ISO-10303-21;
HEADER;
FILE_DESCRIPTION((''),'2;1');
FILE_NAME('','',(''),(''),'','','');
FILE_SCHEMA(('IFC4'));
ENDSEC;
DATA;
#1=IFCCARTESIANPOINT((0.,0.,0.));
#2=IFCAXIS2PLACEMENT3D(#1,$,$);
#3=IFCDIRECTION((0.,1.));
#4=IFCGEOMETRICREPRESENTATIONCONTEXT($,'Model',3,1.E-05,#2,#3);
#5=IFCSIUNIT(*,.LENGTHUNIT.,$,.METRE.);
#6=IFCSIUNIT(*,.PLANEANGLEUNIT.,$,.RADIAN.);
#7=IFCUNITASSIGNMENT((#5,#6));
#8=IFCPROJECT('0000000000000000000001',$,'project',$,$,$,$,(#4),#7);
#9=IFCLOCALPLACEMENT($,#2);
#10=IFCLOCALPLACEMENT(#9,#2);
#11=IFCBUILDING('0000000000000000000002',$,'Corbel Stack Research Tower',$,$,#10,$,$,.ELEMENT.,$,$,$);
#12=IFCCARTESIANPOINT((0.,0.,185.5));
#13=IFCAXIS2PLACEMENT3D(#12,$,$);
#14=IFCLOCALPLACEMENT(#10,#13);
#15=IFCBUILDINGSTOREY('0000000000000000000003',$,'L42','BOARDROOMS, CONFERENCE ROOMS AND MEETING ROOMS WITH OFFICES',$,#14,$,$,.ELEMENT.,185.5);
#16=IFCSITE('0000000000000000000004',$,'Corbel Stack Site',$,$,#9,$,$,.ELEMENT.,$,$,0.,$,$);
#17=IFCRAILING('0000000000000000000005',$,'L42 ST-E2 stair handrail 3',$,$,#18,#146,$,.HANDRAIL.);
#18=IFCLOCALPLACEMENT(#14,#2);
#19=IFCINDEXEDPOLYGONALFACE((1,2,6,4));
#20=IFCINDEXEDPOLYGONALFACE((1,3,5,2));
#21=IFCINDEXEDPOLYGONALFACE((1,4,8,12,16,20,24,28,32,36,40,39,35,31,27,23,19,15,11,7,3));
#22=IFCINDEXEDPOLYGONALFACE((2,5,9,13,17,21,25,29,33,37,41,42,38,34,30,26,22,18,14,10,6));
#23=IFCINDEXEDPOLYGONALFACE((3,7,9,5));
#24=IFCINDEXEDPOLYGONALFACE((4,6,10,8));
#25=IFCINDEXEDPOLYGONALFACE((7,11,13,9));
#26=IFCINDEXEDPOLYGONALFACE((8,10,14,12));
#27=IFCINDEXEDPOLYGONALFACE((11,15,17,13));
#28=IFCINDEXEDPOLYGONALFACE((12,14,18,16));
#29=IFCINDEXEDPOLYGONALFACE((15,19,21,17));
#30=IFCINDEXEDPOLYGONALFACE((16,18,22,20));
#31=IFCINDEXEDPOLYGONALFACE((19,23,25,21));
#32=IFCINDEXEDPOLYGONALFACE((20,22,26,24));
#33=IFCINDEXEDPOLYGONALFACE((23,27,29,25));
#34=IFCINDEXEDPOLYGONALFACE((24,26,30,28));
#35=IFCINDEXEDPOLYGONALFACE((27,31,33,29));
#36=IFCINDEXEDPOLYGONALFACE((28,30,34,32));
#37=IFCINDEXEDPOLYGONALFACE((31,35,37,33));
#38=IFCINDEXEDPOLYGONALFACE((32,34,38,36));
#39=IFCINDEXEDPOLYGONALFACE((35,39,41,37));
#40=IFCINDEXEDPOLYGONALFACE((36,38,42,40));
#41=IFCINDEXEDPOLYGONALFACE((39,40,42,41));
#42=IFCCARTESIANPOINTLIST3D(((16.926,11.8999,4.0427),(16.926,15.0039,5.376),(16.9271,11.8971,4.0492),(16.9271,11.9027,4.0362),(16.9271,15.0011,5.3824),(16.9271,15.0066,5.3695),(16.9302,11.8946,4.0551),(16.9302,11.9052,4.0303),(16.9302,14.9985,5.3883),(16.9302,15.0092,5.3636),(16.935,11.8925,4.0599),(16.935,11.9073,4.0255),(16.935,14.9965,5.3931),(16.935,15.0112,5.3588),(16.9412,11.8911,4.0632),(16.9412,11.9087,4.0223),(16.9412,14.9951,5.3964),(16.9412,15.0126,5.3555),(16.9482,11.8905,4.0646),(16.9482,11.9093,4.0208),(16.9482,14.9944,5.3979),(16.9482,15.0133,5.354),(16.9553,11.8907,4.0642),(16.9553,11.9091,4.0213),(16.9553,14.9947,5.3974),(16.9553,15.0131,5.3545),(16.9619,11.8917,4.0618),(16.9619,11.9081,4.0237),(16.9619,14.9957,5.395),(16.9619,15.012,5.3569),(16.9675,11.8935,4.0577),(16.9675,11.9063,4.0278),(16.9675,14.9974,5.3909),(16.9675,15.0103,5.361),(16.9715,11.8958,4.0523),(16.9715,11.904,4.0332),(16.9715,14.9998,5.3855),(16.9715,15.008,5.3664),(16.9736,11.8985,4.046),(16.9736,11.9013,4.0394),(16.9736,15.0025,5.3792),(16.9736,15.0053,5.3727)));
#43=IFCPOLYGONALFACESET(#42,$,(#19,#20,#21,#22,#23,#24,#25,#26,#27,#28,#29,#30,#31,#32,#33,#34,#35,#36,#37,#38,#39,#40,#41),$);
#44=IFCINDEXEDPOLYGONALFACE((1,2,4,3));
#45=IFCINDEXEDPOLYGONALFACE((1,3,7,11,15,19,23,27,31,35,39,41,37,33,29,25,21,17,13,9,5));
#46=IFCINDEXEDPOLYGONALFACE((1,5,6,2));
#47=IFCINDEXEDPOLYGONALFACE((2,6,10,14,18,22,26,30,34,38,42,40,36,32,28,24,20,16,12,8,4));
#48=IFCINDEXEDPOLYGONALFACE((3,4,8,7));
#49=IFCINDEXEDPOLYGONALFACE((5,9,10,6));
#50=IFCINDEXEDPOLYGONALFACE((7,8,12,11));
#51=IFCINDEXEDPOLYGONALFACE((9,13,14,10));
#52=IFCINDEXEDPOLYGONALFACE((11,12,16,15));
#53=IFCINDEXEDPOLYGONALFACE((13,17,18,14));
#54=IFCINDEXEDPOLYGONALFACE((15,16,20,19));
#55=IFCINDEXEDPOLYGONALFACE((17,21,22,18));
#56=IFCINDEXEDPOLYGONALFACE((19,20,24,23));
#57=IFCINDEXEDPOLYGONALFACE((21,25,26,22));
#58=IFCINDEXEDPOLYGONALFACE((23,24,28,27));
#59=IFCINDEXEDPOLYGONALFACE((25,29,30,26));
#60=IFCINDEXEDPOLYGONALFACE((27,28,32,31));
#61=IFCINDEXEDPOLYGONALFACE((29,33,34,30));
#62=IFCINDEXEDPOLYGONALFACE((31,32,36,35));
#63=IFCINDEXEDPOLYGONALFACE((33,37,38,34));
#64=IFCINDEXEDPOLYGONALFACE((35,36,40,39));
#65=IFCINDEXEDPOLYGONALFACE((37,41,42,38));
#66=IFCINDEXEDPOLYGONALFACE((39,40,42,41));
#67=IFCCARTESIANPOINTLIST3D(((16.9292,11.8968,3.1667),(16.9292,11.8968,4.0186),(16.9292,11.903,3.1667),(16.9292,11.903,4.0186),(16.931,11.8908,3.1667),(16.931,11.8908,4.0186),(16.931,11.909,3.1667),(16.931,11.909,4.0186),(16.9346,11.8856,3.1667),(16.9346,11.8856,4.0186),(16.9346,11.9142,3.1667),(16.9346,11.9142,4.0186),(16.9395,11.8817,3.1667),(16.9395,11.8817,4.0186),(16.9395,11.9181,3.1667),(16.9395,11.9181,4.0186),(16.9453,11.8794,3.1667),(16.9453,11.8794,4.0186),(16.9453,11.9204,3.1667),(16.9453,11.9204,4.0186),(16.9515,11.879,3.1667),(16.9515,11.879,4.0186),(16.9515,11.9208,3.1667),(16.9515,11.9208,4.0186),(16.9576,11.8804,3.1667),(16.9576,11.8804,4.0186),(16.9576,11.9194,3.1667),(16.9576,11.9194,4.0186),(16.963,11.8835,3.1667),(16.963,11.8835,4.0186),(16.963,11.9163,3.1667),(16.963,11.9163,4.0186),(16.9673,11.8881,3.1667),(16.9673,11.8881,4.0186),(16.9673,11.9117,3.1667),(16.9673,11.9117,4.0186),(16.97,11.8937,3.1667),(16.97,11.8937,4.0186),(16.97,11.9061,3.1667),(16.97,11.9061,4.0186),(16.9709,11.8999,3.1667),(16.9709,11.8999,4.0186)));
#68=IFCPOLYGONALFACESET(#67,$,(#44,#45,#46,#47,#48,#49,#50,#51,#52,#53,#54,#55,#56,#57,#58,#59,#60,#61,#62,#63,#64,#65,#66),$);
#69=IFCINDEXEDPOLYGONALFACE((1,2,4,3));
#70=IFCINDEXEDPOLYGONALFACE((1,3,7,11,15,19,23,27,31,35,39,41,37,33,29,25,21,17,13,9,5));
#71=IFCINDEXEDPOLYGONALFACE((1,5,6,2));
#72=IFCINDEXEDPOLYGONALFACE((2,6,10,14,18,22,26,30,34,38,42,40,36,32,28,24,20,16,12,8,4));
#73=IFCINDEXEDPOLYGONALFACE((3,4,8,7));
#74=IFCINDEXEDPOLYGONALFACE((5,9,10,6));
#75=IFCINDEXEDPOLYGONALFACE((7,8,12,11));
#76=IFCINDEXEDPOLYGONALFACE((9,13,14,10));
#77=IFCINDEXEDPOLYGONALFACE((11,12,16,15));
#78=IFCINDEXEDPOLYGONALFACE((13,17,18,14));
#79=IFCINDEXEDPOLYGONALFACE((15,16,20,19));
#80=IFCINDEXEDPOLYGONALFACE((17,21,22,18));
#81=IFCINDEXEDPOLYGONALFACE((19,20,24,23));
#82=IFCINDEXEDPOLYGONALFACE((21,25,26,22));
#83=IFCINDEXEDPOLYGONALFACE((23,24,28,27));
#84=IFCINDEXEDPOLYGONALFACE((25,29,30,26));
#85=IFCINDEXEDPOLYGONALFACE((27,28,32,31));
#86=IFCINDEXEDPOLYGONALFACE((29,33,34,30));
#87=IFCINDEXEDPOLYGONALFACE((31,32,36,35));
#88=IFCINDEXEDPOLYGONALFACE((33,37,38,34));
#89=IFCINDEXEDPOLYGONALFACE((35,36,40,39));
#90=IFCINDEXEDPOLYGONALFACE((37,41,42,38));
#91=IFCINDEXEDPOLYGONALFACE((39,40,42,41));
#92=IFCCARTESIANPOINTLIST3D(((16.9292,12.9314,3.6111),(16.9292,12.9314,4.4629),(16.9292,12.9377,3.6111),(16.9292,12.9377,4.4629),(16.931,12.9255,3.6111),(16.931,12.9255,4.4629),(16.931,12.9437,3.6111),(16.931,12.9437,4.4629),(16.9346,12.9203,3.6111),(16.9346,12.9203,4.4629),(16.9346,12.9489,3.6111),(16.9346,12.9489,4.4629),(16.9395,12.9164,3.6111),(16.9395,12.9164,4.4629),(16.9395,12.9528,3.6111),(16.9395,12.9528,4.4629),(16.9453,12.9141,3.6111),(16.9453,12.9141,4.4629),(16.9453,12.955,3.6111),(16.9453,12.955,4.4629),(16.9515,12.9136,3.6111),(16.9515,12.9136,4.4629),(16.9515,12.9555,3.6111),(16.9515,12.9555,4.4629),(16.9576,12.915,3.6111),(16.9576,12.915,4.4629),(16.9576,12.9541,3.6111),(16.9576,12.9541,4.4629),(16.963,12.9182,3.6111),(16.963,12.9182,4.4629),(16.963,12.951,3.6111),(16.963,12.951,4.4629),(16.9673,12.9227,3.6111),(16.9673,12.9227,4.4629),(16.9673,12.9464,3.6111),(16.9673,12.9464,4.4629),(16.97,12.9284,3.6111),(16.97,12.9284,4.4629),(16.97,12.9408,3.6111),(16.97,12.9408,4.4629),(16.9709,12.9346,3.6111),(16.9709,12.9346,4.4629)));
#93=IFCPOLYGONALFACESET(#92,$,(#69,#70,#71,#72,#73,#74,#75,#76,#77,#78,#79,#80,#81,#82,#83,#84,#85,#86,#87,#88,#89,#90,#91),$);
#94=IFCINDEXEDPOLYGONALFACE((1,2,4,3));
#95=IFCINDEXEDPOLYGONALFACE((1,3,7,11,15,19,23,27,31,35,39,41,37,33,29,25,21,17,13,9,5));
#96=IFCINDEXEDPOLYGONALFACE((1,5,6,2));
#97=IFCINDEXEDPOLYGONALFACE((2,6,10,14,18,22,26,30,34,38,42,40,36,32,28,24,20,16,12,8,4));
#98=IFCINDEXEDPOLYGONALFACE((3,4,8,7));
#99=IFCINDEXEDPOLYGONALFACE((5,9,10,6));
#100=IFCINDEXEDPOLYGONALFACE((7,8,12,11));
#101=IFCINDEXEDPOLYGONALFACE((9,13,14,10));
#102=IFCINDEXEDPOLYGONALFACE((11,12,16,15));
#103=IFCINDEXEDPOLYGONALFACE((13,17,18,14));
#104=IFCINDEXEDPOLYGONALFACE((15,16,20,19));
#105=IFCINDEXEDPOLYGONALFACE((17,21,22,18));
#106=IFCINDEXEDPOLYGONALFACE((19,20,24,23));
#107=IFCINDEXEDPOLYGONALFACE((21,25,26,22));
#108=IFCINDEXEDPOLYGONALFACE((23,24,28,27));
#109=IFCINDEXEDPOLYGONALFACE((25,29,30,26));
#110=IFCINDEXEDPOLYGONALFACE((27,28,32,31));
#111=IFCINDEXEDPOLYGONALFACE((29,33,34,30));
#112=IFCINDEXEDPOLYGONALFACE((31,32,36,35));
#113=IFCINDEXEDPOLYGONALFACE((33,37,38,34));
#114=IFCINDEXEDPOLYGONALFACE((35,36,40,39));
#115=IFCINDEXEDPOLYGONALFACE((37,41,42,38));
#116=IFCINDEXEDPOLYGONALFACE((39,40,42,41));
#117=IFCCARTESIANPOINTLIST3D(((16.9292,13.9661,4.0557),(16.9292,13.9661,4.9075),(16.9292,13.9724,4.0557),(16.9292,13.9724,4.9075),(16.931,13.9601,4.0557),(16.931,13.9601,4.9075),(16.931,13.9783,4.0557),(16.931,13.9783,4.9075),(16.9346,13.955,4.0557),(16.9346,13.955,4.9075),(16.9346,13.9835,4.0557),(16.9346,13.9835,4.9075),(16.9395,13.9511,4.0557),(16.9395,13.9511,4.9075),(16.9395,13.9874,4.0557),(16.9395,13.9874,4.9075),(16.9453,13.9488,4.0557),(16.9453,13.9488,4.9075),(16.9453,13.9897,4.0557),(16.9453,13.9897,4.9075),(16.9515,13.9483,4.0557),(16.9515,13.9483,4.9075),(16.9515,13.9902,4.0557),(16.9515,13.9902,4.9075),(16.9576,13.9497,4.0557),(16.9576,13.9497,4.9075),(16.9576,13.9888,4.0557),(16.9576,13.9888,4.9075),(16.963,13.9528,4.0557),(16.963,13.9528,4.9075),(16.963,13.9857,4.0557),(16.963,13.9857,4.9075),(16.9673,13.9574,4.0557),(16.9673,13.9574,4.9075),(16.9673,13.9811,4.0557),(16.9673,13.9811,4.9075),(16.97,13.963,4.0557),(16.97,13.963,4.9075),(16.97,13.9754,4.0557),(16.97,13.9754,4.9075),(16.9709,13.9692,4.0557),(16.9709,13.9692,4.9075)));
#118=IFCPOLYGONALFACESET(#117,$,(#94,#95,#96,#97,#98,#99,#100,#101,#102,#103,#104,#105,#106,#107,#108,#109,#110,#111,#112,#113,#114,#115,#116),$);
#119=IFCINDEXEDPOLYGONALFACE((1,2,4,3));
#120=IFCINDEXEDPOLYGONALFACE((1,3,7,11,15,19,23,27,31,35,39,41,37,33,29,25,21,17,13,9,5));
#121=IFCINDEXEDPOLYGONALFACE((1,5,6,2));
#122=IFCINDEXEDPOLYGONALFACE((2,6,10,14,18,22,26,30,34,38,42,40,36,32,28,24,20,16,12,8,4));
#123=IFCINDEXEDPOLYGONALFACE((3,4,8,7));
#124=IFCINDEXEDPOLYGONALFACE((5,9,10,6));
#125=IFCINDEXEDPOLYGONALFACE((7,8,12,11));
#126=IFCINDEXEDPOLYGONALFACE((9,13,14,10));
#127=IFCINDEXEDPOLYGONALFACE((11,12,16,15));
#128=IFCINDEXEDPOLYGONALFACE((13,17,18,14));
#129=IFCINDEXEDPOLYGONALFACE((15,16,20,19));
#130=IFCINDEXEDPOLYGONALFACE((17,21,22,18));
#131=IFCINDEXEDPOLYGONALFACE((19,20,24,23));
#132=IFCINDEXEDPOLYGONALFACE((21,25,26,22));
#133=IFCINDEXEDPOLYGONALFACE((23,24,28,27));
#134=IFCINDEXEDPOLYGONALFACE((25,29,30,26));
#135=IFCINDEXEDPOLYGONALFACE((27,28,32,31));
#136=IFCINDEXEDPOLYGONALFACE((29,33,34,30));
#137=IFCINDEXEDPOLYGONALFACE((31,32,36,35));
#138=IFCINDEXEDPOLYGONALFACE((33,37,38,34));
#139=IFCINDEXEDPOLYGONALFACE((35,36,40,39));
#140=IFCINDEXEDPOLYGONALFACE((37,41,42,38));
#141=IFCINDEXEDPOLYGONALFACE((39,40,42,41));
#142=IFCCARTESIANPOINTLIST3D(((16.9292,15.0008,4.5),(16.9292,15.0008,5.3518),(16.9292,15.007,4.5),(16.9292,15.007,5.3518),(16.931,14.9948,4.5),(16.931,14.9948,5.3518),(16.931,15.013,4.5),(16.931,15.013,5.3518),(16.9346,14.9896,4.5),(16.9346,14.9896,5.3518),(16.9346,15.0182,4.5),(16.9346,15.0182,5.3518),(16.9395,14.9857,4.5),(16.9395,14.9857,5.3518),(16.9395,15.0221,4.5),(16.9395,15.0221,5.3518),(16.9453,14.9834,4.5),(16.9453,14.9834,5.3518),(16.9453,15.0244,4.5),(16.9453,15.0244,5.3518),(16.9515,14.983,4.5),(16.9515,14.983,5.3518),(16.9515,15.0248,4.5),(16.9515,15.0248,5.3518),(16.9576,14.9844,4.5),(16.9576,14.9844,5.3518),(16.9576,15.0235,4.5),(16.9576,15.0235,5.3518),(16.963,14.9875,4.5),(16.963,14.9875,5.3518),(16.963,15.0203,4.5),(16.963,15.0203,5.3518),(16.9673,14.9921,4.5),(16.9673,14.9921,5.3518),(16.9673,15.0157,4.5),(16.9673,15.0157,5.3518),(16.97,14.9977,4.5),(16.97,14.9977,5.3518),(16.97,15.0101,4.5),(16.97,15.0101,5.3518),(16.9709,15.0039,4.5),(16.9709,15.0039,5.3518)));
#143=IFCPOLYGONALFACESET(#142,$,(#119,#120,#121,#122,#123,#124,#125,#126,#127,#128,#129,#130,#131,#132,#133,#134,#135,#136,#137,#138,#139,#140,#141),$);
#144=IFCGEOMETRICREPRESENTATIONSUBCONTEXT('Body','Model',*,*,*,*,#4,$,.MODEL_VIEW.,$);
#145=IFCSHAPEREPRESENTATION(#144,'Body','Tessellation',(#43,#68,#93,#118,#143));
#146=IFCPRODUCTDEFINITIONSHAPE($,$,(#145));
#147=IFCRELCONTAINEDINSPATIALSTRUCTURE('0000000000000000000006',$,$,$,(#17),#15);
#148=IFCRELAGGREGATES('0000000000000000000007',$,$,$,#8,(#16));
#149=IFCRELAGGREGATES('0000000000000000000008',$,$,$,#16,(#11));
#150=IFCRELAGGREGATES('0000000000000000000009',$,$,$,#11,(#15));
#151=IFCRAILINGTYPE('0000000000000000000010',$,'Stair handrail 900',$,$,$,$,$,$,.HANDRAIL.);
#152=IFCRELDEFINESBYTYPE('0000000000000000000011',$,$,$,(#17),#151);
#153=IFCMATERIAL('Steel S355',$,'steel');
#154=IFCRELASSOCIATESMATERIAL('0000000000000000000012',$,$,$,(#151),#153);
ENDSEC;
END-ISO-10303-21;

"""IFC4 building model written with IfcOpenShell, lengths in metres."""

from ifc_helpers import new_model, si_unit, direction, frame, origin, origin_2d, place, context, subcontext, project, spatial, circle, extrude, material, type_object, element, save


model = new_model("IFC4")

# Units and contexts
model_context = context("Model", 3, precision=1e-05, world=origin(), true_north=direction((0.0, 1.0)))
body_context = subcontext(model_context, "Body", "Model", "MODEL_VIEW")
ifc_project = project(units=[si_unit("LENGTHUNIT", "METRE"), si_unit("PLANEANGLEUNIT", "RADIAN")], contexts=[model_context])

# Site, building, storey
site_placement = place(None, origin())
site = spatial("IfcSite", under=ifc_project, at=site_placement, Name="Corbel Stack Site", CompositionType="ELEMENT", RefElevation=0.0)
building_placement = place(site_placement, origin())
building = spatial("IfcBuilding", under=site, at=building_placement, Name="Corbel Stack Research Tower", CompositionType="ELEMENT")
storey_placement = place(building_placement, frame((0.0, 0.0, 185.5)))
storey = spatial("IfcBuildingStorey", under=building, at=storey_placement, Name="L42", Description="BOARDROOMS, CONFERENCE ROOMS AND MEETING ROOMS WITH OFFICES", CompositionType="ELEMENT", Elevation=185.5)

# Railing
ifc_material_1 = material(Name="Steel S355", Category="steel")
railing_type_1 = type_object("IfcRailingType", Name="Stair handrail 900", PredefinedType="HANDRAIL", material=ifc_material_1)
for number, where, name in (
    (1, (16.95, 11.8999, 3.1667), "L42 ST-E2 stair handrail 3"),
):
    element("IfcRailing", number, at=place(storey_placement, frame(where)), inside=storey, type_object=railing_type_1, Name=name, PredefinedType="HANDRAIL", context=body_context, shape_type="SweptSolid", body=[
        extrude(circle(Radius=0.0239, at=origin_2d()), frame((0.0, 0.0, 0.876), z_axis=(0.0, 0.918827, 0.394661), x_axis=(-1.0, 0.0, 0.0)), (0.0, 0.0, 1.0), 3.3782),
        extrude(circle(Radius=0.021, at=origin_2d()), origin(), (0.0, 0.0, 1.0), 0.8518),
        extrude(circle(Radius=0.021, at=origin_2d()), frame((0.0, 1.0347, 0.4443)), (0.0, 0.0, 1.0), 0.8518),
        extrude(circle(Radius=0.021, at=origin_2d()), frame((0.0, 2.0693, 0.8889)), (0.0, 0.0, 1.0), 0.8518),
        extrude(circle(Radius=0.021, at=origin_2d()), frame((0.0, 3.104, 1.3333)), (0.0, 0.0, 1.0), 0.8518),
    ])

save(model, "model.ifc")
